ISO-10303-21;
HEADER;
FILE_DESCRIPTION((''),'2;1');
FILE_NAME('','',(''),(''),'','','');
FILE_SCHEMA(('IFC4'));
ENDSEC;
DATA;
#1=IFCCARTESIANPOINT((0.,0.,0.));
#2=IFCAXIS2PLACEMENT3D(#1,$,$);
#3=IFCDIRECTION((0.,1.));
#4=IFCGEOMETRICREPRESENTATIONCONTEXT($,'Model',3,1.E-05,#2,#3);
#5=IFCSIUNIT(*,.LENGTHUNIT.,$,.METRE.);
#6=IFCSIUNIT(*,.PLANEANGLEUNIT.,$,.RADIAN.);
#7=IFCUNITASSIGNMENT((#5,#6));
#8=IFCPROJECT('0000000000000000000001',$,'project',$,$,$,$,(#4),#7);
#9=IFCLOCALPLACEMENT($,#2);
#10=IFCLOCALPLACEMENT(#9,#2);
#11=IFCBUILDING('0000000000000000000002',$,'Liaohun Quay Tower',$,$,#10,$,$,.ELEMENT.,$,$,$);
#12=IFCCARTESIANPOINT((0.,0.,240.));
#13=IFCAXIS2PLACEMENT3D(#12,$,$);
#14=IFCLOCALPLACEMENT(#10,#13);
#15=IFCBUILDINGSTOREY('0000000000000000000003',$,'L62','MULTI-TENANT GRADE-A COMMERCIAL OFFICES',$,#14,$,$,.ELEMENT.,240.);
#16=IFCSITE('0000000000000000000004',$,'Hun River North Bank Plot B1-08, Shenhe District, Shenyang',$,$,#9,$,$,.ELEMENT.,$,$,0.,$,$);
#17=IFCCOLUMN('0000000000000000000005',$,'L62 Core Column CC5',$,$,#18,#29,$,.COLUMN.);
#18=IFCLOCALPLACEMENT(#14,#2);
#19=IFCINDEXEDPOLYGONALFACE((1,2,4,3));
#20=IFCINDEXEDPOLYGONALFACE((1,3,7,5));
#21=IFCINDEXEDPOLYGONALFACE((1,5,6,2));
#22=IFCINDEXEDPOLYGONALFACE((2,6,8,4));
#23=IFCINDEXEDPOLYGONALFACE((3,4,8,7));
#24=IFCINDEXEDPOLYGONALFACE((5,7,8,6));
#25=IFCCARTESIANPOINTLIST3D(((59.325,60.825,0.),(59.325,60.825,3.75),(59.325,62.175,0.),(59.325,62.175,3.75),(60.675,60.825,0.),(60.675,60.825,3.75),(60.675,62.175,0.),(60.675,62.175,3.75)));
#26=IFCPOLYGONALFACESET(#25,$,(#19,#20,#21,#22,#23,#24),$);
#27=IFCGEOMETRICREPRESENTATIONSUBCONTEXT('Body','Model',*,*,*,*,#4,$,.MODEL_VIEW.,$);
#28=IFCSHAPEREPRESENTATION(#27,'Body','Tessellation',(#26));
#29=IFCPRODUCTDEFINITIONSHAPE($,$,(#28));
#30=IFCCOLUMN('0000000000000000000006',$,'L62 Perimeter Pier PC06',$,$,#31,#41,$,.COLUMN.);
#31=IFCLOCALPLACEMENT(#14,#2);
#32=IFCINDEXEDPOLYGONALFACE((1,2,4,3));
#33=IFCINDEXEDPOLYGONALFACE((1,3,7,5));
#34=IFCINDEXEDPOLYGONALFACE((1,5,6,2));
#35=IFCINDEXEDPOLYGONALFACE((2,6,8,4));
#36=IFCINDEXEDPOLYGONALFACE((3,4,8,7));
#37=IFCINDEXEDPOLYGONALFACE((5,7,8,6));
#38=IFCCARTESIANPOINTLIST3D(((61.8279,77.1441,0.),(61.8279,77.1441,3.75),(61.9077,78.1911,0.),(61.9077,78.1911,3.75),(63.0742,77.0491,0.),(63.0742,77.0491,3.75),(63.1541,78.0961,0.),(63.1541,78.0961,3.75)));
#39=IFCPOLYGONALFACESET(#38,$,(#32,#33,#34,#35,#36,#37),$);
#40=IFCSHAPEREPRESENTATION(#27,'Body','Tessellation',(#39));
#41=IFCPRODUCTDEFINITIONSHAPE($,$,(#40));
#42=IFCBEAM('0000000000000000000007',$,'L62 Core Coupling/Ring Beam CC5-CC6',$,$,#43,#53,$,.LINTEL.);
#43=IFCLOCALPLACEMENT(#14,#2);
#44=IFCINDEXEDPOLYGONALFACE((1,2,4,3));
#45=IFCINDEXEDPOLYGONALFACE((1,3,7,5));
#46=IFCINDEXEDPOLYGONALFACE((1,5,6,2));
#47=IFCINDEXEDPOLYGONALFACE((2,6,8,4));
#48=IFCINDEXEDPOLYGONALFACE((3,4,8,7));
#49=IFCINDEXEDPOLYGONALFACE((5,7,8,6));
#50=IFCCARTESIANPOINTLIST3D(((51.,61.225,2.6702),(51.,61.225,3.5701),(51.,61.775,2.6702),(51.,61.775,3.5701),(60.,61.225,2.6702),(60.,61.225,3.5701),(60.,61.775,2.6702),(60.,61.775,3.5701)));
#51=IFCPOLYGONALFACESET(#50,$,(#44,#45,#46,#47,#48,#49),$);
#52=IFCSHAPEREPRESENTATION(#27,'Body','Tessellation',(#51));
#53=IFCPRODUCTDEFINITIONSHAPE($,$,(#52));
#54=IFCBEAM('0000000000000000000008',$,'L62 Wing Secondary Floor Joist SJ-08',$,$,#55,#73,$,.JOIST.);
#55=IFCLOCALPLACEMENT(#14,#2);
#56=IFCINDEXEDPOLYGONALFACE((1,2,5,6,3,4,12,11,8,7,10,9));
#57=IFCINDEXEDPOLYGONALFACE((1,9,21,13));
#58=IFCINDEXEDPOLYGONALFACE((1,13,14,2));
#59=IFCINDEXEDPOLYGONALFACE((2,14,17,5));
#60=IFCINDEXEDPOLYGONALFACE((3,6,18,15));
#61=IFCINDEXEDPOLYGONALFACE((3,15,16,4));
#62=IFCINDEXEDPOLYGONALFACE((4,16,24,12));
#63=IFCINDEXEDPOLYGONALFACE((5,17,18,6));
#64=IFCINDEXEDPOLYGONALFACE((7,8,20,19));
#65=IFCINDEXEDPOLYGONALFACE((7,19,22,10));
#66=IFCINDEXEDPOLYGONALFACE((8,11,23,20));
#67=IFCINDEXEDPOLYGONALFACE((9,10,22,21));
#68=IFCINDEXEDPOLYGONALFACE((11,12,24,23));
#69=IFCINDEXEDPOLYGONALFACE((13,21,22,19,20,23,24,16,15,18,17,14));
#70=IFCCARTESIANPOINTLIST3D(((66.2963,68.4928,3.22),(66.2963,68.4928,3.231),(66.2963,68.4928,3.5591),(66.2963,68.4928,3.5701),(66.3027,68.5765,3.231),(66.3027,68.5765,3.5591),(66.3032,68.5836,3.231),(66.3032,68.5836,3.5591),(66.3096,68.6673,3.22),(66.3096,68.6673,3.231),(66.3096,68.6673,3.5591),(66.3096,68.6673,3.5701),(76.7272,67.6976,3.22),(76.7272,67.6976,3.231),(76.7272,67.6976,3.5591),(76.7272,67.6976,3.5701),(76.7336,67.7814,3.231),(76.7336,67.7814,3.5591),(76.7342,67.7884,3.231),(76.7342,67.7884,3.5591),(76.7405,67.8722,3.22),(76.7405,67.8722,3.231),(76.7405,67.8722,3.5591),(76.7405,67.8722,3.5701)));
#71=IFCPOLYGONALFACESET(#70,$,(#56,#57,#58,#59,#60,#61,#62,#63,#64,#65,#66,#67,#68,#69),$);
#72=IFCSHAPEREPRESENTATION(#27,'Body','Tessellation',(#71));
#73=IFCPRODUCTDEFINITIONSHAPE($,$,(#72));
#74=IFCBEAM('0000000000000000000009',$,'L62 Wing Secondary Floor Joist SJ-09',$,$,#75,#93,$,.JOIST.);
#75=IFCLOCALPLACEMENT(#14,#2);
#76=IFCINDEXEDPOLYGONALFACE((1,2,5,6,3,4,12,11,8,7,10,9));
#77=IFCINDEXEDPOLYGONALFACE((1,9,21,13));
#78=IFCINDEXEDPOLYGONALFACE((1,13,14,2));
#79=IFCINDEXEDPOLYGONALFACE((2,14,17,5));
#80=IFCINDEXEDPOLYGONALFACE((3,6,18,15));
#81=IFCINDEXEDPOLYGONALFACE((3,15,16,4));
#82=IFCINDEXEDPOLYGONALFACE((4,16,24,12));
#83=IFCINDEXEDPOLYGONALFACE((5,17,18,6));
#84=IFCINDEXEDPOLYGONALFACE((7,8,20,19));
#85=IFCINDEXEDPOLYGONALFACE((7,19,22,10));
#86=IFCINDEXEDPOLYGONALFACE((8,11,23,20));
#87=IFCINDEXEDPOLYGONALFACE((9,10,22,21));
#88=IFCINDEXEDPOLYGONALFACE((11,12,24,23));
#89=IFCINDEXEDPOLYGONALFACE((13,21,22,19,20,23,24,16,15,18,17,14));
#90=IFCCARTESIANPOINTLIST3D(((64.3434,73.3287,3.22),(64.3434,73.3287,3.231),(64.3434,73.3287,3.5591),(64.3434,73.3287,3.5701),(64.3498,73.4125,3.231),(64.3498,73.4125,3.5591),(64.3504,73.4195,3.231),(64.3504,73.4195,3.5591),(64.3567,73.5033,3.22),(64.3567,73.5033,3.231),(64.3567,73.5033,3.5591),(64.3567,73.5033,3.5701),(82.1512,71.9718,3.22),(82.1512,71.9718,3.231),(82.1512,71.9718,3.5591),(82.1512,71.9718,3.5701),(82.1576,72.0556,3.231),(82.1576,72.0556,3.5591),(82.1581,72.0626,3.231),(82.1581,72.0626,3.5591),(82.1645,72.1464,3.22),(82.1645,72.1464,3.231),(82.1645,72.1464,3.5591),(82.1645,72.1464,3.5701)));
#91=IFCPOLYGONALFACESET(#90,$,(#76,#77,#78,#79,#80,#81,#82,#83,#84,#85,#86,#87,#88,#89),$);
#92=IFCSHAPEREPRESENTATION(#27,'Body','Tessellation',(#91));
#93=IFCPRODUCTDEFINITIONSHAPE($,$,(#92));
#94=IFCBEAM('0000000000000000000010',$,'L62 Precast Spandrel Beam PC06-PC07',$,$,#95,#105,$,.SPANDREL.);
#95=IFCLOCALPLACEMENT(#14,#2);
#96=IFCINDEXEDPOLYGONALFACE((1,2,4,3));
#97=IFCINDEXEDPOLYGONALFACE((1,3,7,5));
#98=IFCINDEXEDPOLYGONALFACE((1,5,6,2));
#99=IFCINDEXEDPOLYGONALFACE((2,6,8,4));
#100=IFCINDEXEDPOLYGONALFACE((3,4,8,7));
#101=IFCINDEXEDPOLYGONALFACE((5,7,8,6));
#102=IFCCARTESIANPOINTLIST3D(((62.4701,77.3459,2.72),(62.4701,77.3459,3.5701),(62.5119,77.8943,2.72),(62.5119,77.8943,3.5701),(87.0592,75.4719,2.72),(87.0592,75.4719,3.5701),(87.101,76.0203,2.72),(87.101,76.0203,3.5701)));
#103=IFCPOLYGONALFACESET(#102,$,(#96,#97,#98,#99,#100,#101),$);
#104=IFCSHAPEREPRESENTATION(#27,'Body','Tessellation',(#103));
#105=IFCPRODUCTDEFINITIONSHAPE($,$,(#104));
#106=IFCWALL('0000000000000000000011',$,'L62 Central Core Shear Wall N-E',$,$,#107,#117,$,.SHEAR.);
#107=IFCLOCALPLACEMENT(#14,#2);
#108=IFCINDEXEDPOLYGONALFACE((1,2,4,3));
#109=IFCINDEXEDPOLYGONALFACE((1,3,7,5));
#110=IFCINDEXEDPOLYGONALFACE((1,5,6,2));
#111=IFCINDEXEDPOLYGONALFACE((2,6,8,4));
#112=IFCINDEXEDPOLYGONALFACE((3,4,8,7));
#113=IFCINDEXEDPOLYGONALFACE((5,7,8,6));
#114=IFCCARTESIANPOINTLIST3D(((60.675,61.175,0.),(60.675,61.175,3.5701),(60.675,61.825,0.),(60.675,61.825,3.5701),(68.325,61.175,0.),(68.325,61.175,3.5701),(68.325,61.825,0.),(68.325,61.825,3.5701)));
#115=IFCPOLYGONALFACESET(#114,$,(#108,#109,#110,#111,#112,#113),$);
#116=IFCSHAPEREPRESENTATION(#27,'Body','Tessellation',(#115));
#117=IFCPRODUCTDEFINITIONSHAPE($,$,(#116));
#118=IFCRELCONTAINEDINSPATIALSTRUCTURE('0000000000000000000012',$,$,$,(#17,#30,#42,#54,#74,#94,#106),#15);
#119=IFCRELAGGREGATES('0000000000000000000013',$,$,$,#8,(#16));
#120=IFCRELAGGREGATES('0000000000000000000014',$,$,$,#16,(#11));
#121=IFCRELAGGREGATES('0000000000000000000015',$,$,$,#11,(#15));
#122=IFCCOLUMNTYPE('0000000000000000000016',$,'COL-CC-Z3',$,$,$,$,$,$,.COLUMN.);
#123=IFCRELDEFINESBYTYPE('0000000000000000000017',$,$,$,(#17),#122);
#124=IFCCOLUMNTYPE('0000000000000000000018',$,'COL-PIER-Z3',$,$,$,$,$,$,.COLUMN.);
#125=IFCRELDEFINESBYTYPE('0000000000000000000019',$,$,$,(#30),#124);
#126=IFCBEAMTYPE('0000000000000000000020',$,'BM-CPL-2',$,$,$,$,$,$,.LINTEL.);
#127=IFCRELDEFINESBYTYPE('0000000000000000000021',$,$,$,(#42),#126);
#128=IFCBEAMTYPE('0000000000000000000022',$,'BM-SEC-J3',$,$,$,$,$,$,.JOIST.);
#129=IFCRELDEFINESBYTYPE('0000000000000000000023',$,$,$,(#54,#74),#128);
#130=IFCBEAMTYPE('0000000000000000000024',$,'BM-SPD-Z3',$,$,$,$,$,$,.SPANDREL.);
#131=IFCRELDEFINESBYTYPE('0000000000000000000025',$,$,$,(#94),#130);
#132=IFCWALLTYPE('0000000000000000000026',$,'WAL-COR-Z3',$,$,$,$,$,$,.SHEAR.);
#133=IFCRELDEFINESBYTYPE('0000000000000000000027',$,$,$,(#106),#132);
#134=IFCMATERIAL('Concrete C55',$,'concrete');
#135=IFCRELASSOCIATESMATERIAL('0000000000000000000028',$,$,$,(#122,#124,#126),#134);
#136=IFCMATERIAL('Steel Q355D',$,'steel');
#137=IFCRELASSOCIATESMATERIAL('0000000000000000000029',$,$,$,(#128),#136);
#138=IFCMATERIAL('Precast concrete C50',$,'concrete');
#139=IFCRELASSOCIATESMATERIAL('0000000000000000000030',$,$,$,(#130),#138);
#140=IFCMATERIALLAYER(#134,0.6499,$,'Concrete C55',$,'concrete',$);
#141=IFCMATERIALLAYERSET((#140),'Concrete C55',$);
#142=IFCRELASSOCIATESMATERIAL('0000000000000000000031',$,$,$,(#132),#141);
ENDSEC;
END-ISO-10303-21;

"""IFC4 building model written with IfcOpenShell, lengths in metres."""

from ifc_helpers import new_model, si_unit, direction, frame, frame_2d, origin, origin_2d, place, context, subcontext, project, spatial, rectangle, i_section, extrude, source, transform, mapped, material, layer, layer_set, material_profile, profile_set, type_object, element, save


model = new_model("IFC4")

# Units and contexts
model_context = context("Model", 3, precision=1e-05, world=origin(), true_north=direction((0.0, 1.0)))
body_context = subcontext(model_context, "Body", "Model", "MODEL_VIEW")
ifc_project = project(units=[si_unit("LENGTHUNIT", "METRE"), si_unit("PLANEANGLEUNIT", "RADIAN")], contexts=[model_context])

# Site, building, storey
site_placement = place(None, origin())
site = spatial("IfcSite", under=ifc_project, at=site_placement, Name="Hun River North Bank Plot B1-08, Shenhe District, Shenyang", CompositionType="ELEMENT", RefElevation=0.0)
building_placement = place(site_placement, origin())
building = spatial("IfcBuilding", under=site, at=building_placement, Name="Liaohun Quay Tower", CompositionType="ELEMENT")
storey_placement = place(building_placement, frame((0.0, 0.0, 240.0)))
storey = spatial("IfcBuildingStorey", under=building, at=storey_placement, Name="L62", Description="MULTI-TENANT GRADE-A COMMERCIAL OFFICES", CompositionType="ELEMENT", Elevation=240.0)

# Columns
ifc_material_1 = material(Name="Concrete C55", Category="concrete")
ifc_material_profile_1 = material_profile(ifc_material_1, rectangle(XDim=1.3501, YDim=1.3501, at=origin_2d()), Name="RC1350x1350")
ifc_profile_set_1 = profile_set([ifc_material_profile_1], Name="Concrete C55")
column_type_1 = type_object("IfcColumnType", Name="COL-CC-Z3", PredefinedType="COLUMN", material=ifc_profile_set_1)
shared_shape_1 = source(origin(), body_context, "Body", "SweptSolid", [
    extrude(rectangle(XDim=1.3501, YDim=1.3501, at=origin_2d()), origin(), (0.0, 0.0, 1.0), 3.75),
])
column_1_placement = place(storey_placement, frame((60.0, 61.5, 0.0), z_axis=(0.0, 0.0, 1.0), x_axis=(1.0, 0.0, 0.0)))
element("IfcColumn", 1, at=column_1_placement, inside=storey, type_object=column_type_1, Name="L62 Core Column CC5", PredefinedType="COLUMN", context=body_context, shape_type="MappedRepresentation", body=[
    mapped(shared_shape_1, transform((0.0, 0.0, 0.0), x_axis=(1.0, 0.0, 0.0), y_axis=(0.0, 1.0, 0.0), z_axis=(0.0, 0.0, 1.0), scale=1.0)),
])
ifc_material_profile_2 = material_profile(ifc_material_1, rectangle(XDim=1.25, YDim=1.05, at=origin_2d()), Name="RC1250x1050")
ifc_profile_set_2 = profile_set([ifc_material_profile_2], Name="Concrete C55")
column_type_2 = type_object("IfcColumnType", Name="COL-PIER-Z3", PredefinedType="COLUMN", material=ifc_profile_set_2)
shared_shape_2 = source(origin(), body_context, "Body", "SweptSolid", [
    extrude(rectangle(XDim=1.25, YDim=1.05, at=origin_2d()), origin(), (0.0, 0.0, 1.0), 3.75),
])
column_2_placement = place(storey_placement, frame((62.491, 77.6201, 0.0), z_axis=(0.0, 0.0, 1.0), x_axis=(-0.997106, 0.076023, 0.0)))
element("IfcColumn", 2, at=column_2_placement, inside=storey, type_object=column_type_2, Name="L62 Perimeter Pier PC06", PredefinedType="COLUMN", context=body_context, shape_type="MappedRepresentation", body=[
    mapped(shared_shape_2, transform((0.0, 0.0, 0.0), x_axis=(1.0, 0.0, 0.0), y_axis=(0.0, 1.0, 0.0), z_axis=(0.0, 0.0, 1.0), scale=1.0)),
])

# Beams
ifc_material_profile_3 = material_profile(ifc_material_1, rectangle(XDim=0.55, YDim=0.8999, at=origin_2d()), Name="RC550x900")
ifc_profile_set_3 = profile_set([ifc_material_profile_3], Name="Concrete C55")
beam_type_1 = type_object("IfcBeamType", Name="BM-CPL-2", PredefinedType="LINTEL", material=ifc_profile_set_3)
shared_shape_3 = source(origin(), body_context, "Body", "SweptSolid", [
    extrude(rectangle(XDim=0.55, YDim=0.8999, at=origin_2d()), origin(), (0.0, 0.0, 1.0), 9.0),
])
beam_1_placement = place(storey_placement, frame((60.0, 61.5, 3.1201), z_axis=(-1.0, 0.0, 0.0), x_axis=(0.0, -1.0, 0.0)))
element("IfcBeam", 3, at=beam_1_placement, inside=storey, type_object=beam_type_1, Name="L62 Core Coupling/Ring Beam CC5-CC6", PredefinedType="LINTEL", context=body_context, shape_type="MappedRepresentation", body=[
    mapped(shared_shape_3, transform((0.0, 0.0, 0.0), x_axis=(1.0, 0.0, 0.0), y_axis=(0.0, 1.0, 0.0), z_axis=(0.0, 0.0, 1.0), scale=1.0)),
])
ifc_material_2 = material(Name="Steel Q355D", Category="steel")
ifc_material_profile_4 = material_profile(ifc_material_2, i_section(OverallWidth=0.175, OverallDepth=0.3501, WebThickness=0.0071, FlangeThickness=0.011, at=origin_2d()), Name="HN350x175x7x11")
ifc_profile_set_4 = profile_set([ifc_material_profile_4], Name="Steel Q355D")
beam_type_2 = type_object("IfcBeamType", Name="BM-SEC-J3", PredefinedType="JOIST", material=ifc_profile_set_4)
shared_shape_4 = source(origin(), body_context, "Body", "SweptSolid", [
    extrude(i_section(OverallWidth=0.175, OverallDepth=0.3501, WebThickness=0.0071, FlangeThickness=0.011, at=origin_2d()), origin(), (0.0, 0.0, 1.0), 10.4612),
])
beam_2_placement = place(storey_placement, frame((66.303, 68.5801, 3.395), z_axis=(0.997107, -0.076011, 0.0), x_axis=(0.076011, 0.997107, 0.0)))
element("IfcBeam", 4, at=beam_2_placement, inside=storey, type_object=beam_type_2, Name="L62 Wing Secondary Floor Joist SJ-08", PredefinedType="JOIST", context=body_context, shape_type="MappedRepresentation", body=[
    mapped(shared_shape_4, transform((0.0, 0.0, 0.0), x_axis=(1.0, 0.0, 0.0), y_axis=(0.0, 1.0, 0.0), z_axis=(0.0, 0.0, 1.0), scale=1.0)),
])
shared_shape_5 = source(origin(), body_context, "Body", "SweptSolid", [
    extrude(i_section(OverallWidth=0.175, OverallDepth=0.3501, WebThickness=0.0071, FlangeThickness=0.011, at=origin_2d()), origin(), (0.0, 0.0, 1.0), 17.8594),
])
beam_3_placement = place(storey_placement, frame((64.3501, 73.416, 3.395), z_axis=(0.997109, -0.075978, 0.0), x_axis=(0.075978, 0.997109, 0.0)))
element("IfcBeam", 5, at=beam_3_placement, inside=storey, type_object=beam_type_2, Name="L62 Wing Secondary Floor Joist SJ-09", PredefinedType="JOIST", context=body_context, shape_type="MappedRepresentation", body=[
    mapped(shared_shape_5, transform((0.0, 0.0, 0.0), x_axis=(1.0, 0.0, 0.0), y_axis=(0.0, 1.0, 0.0), z_axis=(0.0, 0.0, 1.0), scale=1.0)),
])
ifc_material_3 = material(Name="Precast concrete C50", Category="concrete")
ifc_material_profile_5 = material_profile(ifc_material_3, rectangle(XDim=0.55, YDim=0.8501, at=origin_2d()), Name="RC550x850")
ifc_profile_set_5 = profile_set([ifc_material_profile_5], Name="Precast concrete C50")
beam_type_3 = type_object("IfcBeamType", Name="BM-SPD-Z3", PredefinedType="SPANDREL", material=ifc_profile_set_5)
shared_shape_6 = source(origin(), body_context, "Body", "SweptSolid", [
    extrude(rectangle(XDim=0.55, YDim=0.8501, at=origin_2d()), origin(), (0.0, 0.0, 1.0), 24.6604),
])
beam_4_placement = place(storey_placement, frame((62.491, 77.6201, 3.145), z_axis=(0.997108, -0.075993, 0.0), x_axis=(0.075993, 0.997108, 0.0)))
element("IfcBeam", 6, at=beam_4_placement, inside=storey, type_object=beam_type_3, Name="L62 Precast Spandrel Beam PC06-PC07", PredefinedType="SPANDREL", context=body_context, shape_type="MappedRepresentation", body=[
    mapped(shared_shape_6, transform((0.0, 0.0, 0.0), x_axis=(1.0, 0.0, 0.0), y_axis=(0.0, 1.0, 0.0), z_axis=(0.0, 0.0, 1.0), scale=1.0)),
])

# Wall
ifc_layer_1 = layer(ifc_material_1, 0.6499, Name="Concrete C55", Category="concrete")
ifc_layer_set_1 = layer_set([ifc_layer_1], Name="Concrete C55")
wall_type_1 = type_object("IfcWallType", Name="WAL-COR-Z3", PredefinedType="SHEAR", material=ifc_layer_set_1)
wall_1_placement = place(storey_placement, frame((60.675, 61.5, 0.0), z_axis=(0.0, 0.0, 1.0), x_axis=(1.0, 0.0, 0.0)))
element("IfcWall", 7, at=wall_1_placement, inside=storey, type_object=wall_type_1, Name="L62 Central Core Shear Wall N-E", PredefinedType="SHEAR", context=body_context, shape_type="SweptSolid", body=[
    extrude(rectangle(XDim=7.6499, YDim=0.6499, at=frame_2d((3.825, 0.0))), origin(), (0.0, 0.0, 1.0), 3.5701),
])

save(model, "model.ifc")
